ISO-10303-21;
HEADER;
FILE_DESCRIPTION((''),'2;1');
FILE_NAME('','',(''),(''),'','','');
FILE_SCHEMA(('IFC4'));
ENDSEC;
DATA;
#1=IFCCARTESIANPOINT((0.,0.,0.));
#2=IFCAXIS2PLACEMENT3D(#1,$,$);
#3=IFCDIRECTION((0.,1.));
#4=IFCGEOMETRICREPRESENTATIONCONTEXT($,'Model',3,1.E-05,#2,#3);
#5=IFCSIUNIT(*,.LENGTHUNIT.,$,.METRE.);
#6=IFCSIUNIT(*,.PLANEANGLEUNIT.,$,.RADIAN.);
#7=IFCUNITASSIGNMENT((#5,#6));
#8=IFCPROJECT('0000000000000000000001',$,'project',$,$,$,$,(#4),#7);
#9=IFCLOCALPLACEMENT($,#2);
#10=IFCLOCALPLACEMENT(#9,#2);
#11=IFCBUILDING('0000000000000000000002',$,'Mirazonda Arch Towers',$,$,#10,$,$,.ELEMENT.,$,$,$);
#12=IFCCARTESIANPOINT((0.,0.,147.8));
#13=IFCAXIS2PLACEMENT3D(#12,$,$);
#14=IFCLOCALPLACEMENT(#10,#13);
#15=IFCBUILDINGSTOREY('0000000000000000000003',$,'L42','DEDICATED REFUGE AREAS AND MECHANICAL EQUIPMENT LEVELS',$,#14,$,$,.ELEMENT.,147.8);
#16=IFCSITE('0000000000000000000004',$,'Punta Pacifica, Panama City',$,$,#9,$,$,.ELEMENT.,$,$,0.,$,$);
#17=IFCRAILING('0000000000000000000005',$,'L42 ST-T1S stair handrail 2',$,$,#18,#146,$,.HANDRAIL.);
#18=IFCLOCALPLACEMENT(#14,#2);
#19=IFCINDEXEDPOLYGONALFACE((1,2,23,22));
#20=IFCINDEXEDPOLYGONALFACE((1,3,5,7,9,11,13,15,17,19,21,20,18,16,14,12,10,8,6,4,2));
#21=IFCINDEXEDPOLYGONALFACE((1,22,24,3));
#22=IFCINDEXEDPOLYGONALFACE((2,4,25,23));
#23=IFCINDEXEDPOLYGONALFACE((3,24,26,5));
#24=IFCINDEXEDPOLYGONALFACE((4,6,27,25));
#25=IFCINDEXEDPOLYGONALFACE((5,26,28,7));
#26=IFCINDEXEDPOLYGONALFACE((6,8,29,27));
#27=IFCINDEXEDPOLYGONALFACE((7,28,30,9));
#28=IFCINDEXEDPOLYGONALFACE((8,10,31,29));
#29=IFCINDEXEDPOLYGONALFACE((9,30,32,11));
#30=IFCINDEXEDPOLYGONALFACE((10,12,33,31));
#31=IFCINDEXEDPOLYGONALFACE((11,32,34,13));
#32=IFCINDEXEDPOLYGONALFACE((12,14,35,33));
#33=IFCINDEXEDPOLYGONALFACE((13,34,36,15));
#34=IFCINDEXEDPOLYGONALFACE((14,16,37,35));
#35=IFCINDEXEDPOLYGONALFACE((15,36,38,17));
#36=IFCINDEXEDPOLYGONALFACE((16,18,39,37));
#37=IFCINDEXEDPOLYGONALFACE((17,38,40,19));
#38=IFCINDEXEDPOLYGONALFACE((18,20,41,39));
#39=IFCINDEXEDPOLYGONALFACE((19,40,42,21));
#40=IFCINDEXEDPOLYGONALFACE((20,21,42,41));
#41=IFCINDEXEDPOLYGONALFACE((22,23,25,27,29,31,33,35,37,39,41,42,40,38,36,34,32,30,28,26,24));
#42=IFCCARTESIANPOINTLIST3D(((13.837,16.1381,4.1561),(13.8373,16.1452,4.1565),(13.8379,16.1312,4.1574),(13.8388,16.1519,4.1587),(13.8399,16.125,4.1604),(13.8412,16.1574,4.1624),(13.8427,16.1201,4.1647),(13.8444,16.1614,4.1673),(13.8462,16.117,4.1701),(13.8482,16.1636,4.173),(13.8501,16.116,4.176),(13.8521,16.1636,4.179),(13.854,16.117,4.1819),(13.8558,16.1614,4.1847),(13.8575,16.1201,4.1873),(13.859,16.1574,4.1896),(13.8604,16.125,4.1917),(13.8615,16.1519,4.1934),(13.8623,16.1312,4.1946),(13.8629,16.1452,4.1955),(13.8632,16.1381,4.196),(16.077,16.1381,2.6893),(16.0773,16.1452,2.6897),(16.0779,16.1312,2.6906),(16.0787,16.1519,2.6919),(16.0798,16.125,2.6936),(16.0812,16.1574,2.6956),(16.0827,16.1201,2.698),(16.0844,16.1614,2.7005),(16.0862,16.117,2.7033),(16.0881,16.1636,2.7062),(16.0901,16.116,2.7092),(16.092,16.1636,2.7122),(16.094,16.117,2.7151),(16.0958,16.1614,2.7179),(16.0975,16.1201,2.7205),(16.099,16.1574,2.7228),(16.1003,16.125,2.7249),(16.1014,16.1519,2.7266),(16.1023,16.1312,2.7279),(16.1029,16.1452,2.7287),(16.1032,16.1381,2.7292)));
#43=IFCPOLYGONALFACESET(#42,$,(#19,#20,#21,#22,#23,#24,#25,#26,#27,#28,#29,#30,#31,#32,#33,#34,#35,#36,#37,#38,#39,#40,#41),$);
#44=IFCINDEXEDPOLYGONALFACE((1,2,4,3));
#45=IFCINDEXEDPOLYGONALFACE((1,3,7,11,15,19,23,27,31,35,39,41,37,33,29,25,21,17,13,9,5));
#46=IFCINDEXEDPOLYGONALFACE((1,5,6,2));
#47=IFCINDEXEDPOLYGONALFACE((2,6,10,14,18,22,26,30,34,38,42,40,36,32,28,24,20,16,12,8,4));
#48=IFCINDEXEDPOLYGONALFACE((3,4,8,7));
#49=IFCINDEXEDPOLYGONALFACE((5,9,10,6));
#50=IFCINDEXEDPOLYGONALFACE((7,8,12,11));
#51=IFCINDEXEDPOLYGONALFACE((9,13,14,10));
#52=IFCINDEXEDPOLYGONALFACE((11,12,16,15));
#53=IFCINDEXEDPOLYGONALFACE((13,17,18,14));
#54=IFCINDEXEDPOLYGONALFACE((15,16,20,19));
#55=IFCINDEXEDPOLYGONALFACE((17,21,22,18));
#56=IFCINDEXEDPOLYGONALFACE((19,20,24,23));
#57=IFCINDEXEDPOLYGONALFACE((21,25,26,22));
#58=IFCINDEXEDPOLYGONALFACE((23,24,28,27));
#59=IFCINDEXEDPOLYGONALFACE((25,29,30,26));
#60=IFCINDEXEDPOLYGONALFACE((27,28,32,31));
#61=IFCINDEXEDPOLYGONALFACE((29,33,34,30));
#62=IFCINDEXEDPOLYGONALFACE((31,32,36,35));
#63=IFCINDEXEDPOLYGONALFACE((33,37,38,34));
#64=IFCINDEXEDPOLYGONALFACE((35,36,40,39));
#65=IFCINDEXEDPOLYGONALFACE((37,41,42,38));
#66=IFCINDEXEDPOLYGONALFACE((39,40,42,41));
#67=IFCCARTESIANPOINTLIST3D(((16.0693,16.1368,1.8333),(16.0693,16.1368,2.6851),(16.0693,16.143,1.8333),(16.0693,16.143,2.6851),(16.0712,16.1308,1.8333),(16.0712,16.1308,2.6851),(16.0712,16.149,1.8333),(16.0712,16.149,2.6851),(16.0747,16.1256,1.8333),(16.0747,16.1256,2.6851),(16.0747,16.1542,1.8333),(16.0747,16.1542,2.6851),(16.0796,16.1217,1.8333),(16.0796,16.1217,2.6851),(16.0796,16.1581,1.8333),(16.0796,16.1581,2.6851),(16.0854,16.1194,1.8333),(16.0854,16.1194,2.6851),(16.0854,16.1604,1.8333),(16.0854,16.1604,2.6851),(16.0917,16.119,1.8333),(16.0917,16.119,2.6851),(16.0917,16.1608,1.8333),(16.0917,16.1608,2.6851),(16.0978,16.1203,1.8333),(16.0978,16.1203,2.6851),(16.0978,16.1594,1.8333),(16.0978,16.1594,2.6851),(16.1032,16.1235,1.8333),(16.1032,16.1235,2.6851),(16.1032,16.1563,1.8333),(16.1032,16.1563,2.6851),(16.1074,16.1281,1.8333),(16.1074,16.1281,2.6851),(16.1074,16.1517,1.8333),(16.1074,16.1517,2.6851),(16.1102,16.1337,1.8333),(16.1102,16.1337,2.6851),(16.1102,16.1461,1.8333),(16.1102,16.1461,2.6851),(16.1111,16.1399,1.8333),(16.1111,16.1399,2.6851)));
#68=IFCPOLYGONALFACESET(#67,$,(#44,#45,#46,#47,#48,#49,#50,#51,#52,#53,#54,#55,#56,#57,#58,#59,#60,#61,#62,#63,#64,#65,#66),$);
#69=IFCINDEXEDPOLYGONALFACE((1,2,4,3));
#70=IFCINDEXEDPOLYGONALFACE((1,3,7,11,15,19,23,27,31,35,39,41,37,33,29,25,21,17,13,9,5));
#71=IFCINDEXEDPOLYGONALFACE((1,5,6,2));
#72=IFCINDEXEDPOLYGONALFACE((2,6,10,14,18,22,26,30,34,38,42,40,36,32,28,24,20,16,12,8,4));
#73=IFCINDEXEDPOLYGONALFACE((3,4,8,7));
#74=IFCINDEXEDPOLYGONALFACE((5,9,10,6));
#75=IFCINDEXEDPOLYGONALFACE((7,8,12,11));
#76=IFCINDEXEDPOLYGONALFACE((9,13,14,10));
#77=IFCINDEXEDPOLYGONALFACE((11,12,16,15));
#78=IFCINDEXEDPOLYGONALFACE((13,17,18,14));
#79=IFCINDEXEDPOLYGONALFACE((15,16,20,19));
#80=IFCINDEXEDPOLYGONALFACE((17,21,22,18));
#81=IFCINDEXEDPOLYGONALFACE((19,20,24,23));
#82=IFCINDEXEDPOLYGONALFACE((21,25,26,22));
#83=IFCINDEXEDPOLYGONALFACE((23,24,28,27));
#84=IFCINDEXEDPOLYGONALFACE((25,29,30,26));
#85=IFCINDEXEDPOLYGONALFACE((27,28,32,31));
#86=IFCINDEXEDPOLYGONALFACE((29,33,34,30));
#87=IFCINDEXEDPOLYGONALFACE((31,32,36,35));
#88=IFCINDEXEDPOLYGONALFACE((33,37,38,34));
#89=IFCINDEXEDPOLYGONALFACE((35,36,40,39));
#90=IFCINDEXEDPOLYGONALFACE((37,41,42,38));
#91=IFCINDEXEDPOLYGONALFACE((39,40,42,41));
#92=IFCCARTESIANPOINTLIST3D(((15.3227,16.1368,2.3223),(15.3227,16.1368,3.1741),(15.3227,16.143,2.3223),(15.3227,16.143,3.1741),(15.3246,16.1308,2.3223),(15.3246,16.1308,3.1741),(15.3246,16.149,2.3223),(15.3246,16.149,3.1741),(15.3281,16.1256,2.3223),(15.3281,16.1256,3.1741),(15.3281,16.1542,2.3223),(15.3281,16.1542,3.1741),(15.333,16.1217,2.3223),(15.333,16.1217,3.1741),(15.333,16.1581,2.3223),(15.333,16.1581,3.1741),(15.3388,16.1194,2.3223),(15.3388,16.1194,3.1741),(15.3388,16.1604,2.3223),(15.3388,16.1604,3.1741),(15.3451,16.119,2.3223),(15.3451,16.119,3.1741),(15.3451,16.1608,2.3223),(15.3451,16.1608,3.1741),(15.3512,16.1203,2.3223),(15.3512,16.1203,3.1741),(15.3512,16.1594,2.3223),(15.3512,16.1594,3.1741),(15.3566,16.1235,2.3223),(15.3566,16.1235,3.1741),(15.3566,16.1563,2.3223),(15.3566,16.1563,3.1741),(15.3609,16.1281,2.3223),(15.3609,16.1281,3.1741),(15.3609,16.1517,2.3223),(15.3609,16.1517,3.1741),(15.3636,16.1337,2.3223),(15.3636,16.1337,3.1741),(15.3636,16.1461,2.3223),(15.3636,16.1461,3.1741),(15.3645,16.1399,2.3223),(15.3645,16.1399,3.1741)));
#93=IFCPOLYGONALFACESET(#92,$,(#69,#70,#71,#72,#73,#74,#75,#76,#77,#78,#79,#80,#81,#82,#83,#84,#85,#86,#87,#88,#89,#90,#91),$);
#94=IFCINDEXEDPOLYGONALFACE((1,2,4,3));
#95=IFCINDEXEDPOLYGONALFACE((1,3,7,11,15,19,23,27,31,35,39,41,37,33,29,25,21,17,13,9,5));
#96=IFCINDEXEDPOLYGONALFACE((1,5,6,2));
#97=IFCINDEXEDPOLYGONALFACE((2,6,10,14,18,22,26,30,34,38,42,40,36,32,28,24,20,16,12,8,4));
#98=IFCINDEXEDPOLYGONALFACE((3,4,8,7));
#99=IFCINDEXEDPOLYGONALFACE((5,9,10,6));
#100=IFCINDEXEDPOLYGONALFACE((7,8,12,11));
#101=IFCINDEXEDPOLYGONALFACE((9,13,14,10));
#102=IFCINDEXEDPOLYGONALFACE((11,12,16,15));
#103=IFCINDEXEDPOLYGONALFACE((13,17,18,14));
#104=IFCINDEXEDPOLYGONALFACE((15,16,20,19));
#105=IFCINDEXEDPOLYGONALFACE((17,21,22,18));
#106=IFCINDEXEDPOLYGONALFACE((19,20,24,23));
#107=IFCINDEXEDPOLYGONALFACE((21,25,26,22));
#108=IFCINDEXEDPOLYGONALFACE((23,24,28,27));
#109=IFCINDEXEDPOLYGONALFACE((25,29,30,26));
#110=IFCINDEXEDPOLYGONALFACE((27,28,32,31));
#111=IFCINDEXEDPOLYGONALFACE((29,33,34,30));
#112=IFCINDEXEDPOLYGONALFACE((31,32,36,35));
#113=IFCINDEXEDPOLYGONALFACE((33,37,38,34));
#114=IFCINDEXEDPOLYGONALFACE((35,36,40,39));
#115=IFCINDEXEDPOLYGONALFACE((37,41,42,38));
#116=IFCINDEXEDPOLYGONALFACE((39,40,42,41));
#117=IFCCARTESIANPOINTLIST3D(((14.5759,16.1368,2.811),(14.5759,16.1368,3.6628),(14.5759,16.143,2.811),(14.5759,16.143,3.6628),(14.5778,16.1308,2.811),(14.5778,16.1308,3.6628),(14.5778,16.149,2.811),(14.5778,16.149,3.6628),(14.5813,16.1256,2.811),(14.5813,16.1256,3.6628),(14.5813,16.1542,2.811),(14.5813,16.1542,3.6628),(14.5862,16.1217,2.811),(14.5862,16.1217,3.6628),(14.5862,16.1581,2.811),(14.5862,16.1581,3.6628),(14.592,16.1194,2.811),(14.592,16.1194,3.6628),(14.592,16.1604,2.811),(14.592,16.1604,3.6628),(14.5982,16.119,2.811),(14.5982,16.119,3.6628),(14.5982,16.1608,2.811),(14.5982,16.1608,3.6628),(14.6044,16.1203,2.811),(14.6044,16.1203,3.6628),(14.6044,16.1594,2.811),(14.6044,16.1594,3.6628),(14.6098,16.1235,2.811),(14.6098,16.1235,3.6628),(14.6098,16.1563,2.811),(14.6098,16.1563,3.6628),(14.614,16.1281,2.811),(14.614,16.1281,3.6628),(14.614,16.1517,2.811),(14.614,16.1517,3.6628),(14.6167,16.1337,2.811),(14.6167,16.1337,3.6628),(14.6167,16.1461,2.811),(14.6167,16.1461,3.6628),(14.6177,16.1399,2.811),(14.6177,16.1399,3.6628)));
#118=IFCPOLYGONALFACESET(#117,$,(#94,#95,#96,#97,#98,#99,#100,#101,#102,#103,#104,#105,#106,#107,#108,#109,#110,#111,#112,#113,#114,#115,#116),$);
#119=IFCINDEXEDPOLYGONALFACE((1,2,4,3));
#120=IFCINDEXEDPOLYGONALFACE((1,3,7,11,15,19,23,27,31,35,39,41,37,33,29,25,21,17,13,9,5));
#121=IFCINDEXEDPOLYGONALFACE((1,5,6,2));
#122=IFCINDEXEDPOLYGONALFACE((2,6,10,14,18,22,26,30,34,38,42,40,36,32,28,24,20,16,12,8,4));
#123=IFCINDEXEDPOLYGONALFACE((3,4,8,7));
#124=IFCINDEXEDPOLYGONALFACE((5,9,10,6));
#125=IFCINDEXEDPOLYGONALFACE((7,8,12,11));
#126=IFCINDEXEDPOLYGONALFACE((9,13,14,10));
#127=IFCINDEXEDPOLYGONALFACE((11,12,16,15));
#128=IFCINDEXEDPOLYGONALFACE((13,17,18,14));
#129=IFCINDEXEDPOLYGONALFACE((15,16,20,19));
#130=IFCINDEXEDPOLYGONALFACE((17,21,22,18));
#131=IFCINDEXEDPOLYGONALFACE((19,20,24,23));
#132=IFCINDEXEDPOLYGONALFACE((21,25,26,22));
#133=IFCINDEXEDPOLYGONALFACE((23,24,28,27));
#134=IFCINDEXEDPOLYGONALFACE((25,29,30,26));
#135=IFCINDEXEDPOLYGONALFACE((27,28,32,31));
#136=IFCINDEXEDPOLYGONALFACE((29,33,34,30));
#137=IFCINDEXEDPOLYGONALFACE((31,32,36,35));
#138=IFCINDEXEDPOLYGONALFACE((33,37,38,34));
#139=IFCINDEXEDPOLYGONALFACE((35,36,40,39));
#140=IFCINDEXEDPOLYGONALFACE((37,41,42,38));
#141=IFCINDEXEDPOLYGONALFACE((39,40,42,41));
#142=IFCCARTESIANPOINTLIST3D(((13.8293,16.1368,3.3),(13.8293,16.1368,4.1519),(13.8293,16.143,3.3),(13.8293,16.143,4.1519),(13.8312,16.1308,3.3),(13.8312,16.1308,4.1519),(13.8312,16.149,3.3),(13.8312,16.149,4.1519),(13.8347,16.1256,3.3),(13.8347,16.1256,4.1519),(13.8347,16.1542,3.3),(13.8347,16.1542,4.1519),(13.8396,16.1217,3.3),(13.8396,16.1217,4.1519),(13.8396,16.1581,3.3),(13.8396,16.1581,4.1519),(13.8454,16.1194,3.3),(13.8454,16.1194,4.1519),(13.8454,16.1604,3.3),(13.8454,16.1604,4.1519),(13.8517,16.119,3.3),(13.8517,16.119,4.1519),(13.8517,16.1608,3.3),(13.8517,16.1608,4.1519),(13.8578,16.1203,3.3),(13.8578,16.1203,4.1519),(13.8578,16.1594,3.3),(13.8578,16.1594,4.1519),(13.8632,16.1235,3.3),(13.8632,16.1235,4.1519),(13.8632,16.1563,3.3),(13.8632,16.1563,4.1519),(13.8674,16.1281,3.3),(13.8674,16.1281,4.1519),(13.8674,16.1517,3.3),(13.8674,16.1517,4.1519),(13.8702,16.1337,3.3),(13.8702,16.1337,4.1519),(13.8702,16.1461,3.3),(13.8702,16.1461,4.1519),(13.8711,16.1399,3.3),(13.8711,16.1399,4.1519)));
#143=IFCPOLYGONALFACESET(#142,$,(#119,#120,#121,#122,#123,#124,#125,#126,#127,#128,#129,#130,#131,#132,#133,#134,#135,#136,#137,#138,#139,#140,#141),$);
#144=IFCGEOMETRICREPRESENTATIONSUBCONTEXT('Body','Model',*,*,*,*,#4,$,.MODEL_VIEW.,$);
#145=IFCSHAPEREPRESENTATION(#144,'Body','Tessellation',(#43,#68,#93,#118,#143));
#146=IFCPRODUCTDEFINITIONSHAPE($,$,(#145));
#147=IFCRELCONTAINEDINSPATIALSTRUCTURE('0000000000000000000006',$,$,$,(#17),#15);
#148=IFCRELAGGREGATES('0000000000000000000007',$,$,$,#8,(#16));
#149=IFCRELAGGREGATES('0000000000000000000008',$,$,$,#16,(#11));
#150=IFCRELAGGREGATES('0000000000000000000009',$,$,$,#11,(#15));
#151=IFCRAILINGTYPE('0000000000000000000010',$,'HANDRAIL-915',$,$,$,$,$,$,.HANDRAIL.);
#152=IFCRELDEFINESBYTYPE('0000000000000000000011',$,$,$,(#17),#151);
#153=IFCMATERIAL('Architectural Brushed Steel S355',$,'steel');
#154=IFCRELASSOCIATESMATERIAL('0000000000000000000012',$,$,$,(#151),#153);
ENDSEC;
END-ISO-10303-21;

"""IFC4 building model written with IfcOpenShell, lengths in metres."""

from ifc_helpers import new_model, si_unit, direction, frame, origin, origin_2d, place, context, subcontext, project, spatial, circle, extrude, material, type_object, element, save


model = new_model("IFC4")

# Units and contexts
model_context = context("Model", 3, precision=1e-05, world=origin(), true_north=direction((0.0, 1.0)))
body_context = subcontext(model_context, "Body", "Model", "MODEL_VIEW")
ifc_project = project(units=[si_unit("LENGTHUNIT", "METRE"), si_unit("PLANEANGLEUNIT", "RADIAN")], contexts=[model_context])

# Site, building, storey
site_placement = place(None, origin())
site = spatial("IfcSite", under=ifc_project, at=site_placement, Name="Punta Pacifica, Panama City", CompositionType="ELEMENT", RefElevation=0.0)
building_placement = place(site_placement, origin())
building = spatial("IfcBuilding", under=site, at=building_placement, Name="Mirazonda Arch Towers", CompositionType="ELEMENT")
storey_placement = place(building_placement, frame((0.0, 0.0, 147.8)))
storey = spatial("IfcBuildingStorey", under=building, at=storey_placement, Name="L42", Description="DEDICATED REFUGE AREAS AND MECHANICAL EQUIPMENT LEVELS", CompositionType="ELEMENT", Elevation=147.8)

# Shared definitions
ifc_material_1 = material(Name="Architectural Brushed Steel S355", Category="steel")

# Railing
railing_type_1 = type_object("IfcRailingType", Name="HANDRAIL-915", PredefinedType="HANDRAIL", material=ifc_material_1)
railing_1_placement = place(storey_placement, frame((16.0901, 16.1399, 1.8333)))
element("IfcRailing", 1, at=railing_1_placement, inside=storey, type_object=railing_type_1, Name="L42 ST-T1S stair handrail 2", PredefinedType="HANDRAIL", context=body_context, shape_type="SweptSolid", body=[
    extrude(circle(Radius=0.0239, at=origin_2d()), frame((0.0, 0.0, 0.876), z_axis=(-0.836595, 0.0, 0.547822), x_axis=(0.0, -1.0, 0.0)), (0.0, 0.0, 1.0), 2.6775),
    extrude(circle(Radius=0.021, at=origin_2d()), origin(), (0.0, 0.0, 1.0), 0.8518),
    extrude(circle(Radius=0.021, at=origin_2d()), frame((-0.7466, 0.0, 0.489)), (0.0, 0.0, 1.0), 0.8518),
    extrude(circle(Radius=0.021, at=origin_2d()), frame((-1.4934, 0.0, 0.9778)), (0.0, 0.0, 1.0), 0.8518),
    extrude(circle(Radius=0.021, at=origin_2d()), frame((-2.24, 0.0, 1.4668)), (0.0, 0.0, 1.0), 0.8518),
])

save(model, "model.ifc")
